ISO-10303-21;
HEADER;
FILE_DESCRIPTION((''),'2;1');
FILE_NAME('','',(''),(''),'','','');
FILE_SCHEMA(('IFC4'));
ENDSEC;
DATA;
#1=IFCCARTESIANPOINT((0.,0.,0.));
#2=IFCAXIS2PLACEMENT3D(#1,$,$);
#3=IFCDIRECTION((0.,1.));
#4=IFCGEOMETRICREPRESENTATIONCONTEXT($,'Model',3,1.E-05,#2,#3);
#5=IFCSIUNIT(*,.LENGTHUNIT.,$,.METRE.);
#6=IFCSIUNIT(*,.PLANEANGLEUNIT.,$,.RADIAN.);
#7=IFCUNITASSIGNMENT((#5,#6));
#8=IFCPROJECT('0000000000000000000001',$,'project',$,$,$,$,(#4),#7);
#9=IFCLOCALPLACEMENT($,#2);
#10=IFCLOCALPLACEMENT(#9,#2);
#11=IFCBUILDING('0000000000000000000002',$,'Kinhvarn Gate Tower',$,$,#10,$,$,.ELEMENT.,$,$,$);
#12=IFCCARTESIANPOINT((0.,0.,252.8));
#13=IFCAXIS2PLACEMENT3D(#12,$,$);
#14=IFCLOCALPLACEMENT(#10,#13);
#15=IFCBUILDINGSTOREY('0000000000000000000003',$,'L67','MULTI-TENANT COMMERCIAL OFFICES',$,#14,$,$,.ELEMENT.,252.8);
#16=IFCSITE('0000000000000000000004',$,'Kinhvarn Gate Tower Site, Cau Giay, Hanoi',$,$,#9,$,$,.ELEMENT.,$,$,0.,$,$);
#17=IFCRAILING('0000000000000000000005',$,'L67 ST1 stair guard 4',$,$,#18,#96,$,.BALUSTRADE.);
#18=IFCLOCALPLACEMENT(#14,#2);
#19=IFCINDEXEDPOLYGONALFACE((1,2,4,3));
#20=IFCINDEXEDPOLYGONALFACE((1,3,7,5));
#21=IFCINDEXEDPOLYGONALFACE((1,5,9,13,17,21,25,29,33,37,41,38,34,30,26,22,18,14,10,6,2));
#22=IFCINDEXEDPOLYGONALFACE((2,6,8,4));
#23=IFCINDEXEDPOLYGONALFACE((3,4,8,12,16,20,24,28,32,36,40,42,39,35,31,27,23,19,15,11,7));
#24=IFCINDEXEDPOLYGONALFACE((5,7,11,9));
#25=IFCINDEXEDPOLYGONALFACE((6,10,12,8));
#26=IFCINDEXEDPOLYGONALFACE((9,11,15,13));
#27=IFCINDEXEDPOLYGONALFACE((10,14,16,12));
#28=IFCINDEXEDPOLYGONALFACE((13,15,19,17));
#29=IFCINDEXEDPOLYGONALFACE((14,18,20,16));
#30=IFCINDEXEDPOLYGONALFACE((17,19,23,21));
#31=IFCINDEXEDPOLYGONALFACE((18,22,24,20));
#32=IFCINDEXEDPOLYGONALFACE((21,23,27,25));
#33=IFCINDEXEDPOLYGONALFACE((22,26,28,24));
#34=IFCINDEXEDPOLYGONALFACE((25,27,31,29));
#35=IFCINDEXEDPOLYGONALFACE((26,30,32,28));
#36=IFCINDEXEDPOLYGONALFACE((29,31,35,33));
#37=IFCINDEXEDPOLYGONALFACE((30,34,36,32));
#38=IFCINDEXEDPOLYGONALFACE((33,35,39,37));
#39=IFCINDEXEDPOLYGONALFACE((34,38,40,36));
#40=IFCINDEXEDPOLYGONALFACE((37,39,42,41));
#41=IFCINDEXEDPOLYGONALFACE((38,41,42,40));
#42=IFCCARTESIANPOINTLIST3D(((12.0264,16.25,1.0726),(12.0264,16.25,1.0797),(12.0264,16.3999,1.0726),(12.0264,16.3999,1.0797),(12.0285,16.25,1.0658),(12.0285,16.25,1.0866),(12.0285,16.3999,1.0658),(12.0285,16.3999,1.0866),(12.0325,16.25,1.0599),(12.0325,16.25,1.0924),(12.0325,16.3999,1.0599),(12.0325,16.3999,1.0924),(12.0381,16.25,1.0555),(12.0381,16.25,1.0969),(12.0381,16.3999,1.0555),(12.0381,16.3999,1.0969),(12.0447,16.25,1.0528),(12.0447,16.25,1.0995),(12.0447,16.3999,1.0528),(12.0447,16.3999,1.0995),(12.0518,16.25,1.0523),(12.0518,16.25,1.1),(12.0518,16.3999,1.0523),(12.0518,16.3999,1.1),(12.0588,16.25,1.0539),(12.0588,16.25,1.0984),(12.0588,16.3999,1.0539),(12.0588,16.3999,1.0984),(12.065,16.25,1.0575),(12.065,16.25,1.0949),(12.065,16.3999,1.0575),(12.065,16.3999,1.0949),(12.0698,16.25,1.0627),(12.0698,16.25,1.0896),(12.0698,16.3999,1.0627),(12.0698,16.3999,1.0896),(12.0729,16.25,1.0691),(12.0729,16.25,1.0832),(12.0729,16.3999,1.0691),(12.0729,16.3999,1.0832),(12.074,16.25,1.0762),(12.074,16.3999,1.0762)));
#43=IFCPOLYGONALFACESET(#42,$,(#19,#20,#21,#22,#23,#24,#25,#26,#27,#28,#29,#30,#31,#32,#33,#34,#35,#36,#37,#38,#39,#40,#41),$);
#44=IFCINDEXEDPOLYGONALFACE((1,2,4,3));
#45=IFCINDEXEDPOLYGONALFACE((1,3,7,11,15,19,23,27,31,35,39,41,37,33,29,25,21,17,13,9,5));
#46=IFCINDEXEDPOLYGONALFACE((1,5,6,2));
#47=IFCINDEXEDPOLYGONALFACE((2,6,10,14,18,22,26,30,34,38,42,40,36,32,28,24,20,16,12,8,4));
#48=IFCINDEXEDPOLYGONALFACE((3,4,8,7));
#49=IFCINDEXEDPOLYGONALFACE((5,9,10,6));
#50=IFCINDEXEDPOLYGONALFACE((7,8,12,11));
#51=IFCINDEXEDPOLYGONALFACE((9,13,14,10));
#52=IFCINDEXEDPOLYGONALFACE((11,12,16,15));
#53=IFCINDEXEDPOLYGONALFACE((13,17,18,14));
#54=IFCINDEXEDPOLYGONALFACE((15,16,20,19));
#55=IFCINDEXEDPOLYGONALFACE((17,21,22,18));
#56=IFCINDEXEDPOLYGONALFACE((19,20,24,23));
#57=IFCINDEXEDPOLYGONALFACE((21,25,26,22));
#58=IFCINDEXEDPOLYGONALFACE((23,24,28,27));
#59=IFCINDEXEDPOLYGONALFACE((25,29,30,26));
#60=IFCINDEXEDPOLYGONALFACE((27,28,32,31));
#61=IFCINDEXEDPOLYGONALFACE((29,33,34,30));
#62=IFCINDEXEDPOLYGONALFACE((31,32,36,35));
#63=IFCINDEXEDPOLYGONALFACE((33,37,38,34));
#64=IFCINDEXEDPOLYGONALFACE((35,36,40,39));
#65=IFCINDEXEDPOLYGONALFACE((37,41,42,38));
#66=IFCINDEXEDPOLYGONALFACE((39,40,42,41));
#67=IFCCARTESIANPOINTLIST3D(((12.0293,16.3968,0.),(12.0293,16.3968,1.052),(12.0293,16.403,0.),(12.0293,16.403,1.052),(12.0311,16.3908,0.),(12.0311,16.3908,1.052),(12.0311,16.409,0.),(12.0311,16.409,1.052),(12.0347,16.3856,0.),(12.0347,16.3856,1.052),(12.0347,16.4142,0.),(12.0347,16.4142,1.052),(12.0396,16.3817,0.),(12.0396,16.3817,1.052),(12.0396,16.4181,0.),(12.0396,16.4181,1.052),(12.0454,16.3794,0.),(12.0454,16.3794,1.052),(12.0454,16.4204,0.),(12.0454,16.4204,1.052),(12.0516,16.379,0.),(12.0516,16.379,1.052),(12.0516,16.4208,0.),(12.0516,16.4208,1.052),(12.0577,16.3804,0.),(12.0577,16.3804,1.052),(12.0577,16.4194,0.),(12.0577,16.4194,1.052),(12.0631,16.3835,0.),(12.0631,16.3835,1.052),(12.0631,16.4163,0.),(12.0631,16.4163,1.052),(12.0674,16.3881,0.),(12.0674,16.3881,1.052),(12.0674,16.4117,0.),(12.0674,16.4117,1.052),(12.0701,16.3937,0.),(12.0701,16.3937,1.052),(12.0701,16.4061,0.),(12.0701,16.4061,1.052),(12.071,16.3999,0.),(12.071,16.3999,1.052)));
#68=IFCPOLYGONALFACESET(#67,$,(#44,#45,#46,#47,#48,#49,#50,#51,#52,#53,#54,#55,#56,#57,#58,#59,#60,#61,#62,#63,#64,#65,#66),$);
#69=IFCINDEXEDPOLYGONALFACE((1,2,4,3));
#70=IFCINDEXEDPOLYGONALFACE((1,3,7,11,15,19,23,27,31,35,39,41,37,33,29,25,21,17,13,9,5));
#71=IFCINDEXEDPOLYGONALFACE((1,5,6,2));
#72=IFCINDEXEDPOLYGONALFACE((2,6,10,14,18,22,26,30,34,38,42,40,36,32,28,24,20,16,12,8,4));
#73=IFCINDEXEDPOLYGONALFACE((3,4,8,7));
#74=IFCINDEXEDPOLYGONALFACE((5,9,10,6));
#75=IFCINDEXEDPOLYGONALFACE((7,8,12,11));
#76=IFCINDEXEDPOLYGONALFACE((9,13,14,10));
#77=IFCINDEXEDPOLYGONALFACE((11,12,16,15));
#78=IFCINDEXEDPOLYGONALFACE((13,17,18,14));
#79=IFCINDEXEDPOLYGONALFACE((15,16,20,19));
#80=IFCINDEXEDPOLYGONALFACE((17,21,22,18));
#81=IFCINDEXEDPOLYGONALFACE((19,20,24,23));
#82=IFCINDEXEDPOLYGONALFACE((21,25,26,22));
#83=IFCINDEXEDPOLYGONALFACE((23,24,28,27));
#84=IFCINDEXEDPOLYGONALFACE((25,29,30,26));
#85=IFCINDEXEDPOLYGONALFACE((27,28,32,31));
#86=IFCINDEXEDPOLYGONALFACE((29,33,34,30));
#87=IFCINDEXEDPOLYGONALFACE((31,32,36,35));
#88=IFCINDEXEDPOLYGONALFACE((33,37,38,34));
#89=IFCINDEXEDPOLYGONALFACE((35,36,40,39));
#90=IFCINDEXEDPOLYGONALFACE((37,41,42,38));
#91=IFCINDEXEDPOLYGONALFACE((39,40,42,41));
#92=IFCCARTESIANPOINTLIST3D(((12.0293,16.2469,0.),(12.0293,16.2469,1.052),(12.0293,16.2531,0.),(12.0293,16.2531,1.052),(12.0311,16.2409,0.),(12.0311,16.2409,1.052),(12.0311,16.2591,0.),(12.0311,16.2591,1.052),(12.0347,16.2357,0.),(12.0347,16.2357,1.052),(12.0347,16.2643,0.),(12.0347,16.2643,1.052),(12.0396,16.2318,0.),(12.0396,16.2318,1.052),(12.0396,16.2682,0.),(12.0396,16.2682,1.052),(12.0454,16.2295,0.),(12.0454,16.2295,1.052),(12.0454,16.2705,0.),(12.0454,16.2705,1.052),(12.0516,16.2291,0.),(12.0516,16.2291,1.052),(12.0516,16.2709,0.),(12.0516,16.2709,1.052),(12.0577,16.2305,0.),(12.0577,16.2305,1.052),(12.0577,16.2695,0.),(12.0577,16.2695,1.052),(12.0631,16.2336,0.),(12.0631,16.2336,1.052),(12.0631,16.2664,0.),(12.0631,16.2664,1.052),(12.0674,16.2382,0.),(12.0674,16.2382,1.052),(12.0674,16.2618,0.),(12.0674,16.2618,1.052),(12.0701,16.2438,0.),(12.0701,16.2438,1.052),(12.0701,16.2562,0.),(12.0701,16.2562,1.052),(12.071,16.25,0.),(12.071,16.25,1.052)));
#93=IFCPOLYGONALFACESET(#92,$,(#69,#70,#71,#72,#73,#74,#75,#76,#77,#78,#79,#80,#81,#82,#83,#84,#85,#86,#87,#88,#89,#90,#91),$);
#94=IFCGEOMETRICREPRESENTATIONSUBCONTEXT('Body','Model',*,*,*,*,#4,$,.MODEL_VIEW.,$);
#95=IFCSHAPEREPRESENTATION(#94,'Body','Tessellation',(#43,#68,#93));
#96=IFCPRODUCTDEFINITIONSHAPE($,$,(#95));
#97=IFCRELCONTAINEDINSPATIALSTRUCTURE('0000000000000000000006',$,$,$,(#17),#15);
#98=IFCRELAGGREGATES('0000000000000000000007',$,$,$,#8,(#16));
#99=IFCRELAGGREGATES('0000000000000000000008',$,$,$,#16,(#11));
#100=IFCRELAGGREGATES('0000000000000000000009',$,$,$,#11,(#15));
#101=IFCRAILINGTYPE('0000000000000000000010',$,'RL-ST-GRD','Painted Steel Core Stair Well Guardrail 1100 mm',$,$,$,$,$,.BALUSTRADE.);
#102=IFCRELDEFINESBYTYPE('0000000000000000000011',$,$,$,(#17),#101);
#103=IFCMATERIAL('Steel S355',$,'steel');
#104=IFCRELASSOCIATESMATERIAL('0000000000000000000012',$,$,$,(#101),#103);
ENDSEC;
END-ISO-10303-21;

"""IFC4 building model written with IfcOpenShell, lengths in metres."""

from ifc_helpers import new_model, si_unit, direction, frame, origin, origin_2d, place, context, subcontext, project, spatial, circle, extrude, material, type_object, element, save


model = new_model("IFC4")

# Units and contexts
model_context = context("Model", 3, precision=1e-05, world=origin(), true_north=direction((0.0, 1.0)))
body_context = subcontext(model_context, "Body", "Model", "MODEL_VIEW")
ifc_project = project(units=[si_unit("LENGTHUNIT", "METRE"), si_unit("PLANEANGLEUNIT", "RADIAN")], contexts=[model_context])

# Site, building, storey
site_placement = place(None, origin())
site = spatial("IfcSite", under=ifc_project, at=site_placement, Name="Kinhvarn Gate Tower Site, Cau Giay, Hanoi", CompositionType="ELEMENT", RefElevation=0.0)
building_placement = place(site_placement, origin())
building = spatial("IfcBuilding", under=site, at=building_placement, Name="Kinhvarn Gate Tower", CompositionType="ELEMENT")
storey_placement = place(building_placement, frame((0.0, 0.0, 252.8)))
storey = spatial("IfcBuildingStorey", under=building, at=storey_placement, Name="L67", Description="MULTI-TENANT COMMERCIAL OFFICES", CompositionType="ELEMENT", Elevation=252.8)

# Shared definitions
ifc_material_1 = material(Name="Steel S355", Category="steel")

# Railing
railing_type_1 = type_object("IfcRailingType", Name="RL-ST-GRD", Description="Painted Steel Core Stair Well Guardrail 1100 mm", PredefinedType="BALUSTRADE", material=ifc_material_1)
railing_1_placement = place(storey_placement, frame((12.05, 16.3999, 0.0)))
element("IfcRailing", 1, at=railing_1_placement, inside=storey, type_object=railing_type_1, Name="L67 ST1 stair guard 4", PredefinedType="BALUSTRADE", context=body_context, shape_type="SweptSolid", body=[
    extrude(circle(Radius=0.0239, at=origin_2d()), frame((0.0, 0.0, 1.0762), z_axis=(0.0, -1.0, 0.0), x_axis=(1.0, 0.0, 0.0)), (0.0, 0.0, 1.0), 0.1499),
    extrude(circle(Radius=0.021, at=origin_2d()), origin(), (0.0, 0.0, 1.0), 1.052),
    extrude(circle(Radius=0.021, at=origin_2d()), frame((0.0, -0.1499, 0.0)), (0.0, 0.0, 1.0), 1.052),
])

save(model, "model.ifc")
